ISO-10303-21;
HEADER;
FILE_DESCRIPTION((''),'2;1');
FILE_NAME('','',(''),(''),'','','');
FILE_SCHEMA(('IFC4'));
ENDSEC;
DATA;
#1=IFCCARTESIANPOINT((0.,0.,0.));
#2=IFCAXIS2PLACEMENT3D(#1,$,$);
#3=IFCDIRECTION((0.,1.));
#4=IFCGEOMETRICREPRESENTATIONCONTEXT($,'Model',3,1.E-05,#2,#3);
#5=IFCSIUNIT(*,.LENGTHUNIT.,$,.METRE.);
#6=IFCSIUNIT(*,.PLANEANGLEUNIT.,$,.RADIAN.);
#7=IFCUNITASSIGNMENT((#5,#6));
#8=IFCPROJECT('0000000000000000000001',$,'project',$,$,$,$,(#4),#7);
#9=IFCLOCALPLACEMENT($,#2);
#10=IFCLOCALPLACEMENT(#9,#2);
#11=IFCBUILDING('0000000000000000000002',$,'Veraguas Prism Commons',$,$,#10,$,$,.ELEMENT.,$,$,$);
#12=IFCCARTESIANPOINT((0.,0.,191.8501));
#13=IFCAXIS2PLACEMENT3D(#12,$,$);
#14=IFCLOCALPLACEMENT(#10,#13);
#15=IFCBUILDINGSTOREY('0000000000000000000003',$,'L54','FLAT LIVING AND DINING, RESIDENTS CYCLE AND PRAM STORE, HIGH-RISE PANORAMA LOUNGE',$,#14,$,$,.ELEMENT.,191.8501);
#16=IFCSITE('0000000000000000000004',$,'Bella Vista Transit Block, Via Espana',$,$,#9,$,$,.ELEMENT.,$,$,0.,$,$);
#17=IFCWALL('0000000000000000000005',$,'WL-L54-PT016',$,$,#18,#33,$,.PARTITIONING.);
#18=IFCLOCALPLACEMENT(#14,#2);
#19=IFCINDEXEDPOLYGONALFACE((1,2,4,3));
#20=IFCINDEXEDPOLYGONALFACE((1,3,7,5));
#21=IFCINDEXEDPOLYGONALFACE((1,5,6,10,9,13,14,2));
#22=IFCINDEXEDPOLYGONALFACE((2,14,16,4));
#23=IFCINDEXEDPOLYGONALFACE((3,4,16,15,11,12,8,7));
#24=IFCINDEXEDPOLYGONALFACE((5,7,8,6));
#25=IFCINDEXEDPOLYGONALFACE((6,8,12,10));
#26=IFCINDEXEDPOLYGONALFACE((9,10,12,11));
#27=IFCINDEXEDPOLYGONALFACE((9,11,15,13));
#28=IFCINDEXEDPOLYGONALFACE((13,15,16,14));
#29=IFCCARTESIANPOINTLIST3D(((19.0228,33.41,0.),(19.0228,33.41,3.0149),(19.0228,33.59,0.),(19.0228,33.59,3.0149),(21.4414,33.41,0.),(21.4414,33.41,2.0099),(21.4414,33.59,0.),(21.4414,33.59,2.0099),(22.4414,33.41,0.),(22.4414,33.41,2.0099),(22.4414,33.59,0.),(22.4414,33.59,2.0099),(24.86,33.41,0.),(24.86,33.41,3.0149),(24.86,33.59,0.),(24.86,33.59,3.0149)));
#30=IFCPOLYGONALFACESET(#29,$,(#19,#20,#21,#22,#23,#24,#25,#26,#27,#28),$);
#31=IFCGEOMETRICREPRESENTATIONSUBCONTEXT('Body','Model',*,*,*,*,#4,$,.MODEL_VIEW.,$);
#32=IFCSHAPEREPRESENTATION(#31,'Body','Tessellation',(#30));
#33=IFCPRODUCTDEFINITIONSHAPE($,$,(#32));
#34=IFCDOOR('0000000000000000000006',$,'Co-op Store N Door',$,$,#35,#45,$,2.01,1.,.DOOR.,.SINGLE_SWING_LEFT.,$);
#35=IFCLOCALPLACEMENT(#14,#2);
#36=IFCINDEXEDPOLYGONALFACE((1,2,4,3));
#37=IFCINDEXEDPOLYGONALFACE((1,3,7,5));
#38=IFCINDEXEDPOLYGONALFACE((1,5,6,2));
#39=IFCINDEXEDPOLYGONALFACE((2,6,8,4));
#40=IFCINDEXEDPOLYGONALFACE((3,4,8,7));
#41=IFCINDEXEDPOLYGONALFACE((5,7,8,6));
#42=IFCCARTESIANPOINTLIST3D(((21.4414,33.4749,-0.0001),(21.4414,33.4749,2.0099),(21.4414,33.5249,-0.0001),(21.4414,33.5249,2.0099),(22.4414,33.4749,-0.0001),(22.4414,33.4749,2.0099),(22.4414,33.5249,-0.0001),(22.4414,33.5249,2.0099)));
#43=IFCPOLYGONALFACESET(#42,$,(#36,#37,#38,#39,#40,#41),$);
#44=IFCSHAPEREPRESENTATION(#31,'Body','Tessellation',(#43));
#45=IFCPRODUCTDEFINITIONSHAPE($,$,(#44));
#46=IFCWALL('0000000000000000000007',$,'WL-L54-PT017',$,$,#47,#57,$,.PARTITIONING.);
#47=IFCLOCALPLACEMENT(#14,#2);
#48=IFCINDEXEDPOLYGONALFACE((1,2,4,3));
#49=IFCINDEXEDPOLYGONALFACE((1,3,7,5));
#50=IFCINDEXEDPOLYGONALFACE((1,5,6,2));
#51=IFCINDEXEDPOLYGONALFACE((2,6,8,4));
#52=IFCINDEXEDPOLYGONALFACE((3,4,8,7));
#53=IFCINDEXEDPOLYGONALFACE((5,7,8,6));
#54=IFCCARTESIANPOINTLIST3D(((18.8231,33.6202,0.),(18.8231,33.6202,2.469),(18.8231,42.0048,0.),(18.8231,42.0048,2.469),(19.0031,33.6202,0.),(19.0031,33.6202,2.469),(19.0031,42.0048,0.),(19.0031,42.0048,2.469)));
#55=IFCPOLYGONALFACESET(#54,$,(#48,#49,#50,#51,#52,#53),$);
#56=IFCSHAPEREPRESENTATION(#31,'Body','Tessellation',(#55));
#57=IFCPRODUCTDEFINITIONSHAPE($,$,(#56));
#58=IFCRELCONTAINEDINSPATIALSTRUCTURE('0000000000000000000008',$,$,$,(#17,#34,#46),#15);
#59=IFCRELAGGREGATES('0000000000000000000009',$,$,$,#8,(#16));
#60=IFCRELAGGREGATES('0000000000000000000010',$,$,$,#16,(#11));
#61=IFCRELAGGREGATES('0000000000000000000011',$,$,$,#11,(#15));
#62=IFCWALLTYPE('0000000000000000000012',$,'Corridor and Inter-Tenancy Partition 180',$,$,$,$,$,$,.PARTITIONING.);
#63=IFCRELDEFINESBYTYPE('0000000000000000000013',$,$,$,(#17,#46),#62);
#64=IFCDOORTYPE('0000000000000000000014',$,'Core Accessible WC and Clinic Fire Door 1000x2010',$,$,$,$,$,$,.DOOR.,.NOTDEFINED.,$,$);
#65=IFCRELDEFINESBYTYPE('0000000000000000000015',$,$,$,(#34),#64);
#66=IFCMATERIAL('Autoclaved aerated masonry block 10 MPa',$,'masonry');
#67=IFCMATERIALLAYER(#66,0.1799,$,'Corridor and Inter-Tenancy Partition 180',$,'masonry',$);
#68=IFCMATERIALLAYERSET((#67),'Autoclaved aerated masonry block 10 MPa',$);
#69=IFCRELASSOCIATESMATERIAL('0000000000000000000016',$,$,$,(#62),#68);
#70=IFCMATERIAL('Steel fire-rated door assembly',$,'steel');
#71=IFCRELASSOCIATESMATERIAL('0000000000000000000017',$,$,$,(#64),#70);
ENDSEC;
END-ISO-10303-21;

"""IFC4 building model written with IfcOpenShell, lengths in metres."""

from ifc_helpers import new_model, si_unit, direction, frame, frame_2d, origin, place, context, subcontext, project, spatial, rectangle, extrude, source, transform, mapped, material, layer, layer_set, type_object, element, fill, save


model = new_model("IFC4")

# Units and contexts
model_context = context("Model", 3, precision=1e-05, world=origin(), true_north=direction((0.0, 1.0)))
body_context = subcontext(model_context, "Body", "Model", "MODEL_VIEW")
ifc_project = project(units=[si_unit("LENGTHUNIT", "METRE"), si_unit("PLANEANGLEUNIT", "RADIAN")], contexts=[model_context])

# Site, building, storey
site_placement = place(None, origin())
site = spatial("IfcSite", under=ifc_project, at=site_placement, Name="Bella Vista Transit Block, Via Espana", CompositionType="ELEMENT", RefElevation=0.0)
building_placement = place(site_placement, origin())
building = spatial("IfcBuilding", under=site, at=building_placement, Name="Veraguas Prism Commons", CompositionType="ELEMENT")
storey_placement = place(building_placement, frame((0.0, 0.0, 191.8501)))
storey = spatial("IfcBuildingStorey", under=building, at=storey_placement, Name="L54", Description="FLAT LIVING AND DINING, RESIDENTS CYCLE AND PRAM STORE, HIGH-RISE PANORAMA LOUNGE", CompositionType="ELEMENT", Elevation=191.8501)

# Wall, opening, door
ifc_material_1 = material(Name="Steel fire-rated door assembly", Category="steel")
ifc_material_2 = material(Name="Autoclaved aerated masonry block 10 MPa", Category="masonry")
ifc_layer_1 = layer(ifc_material_2, 0.1799, Name="Corridor and Inter-Tenancy Partition 180", Category="masonry")
ifc_layer_set_1 = layer_set([ifc_layer_1], Name="Autoclaved aerated masonry block 10 MPa")
wall_type_1 = type_object("IfcWallType", Name="Corridor and Inter-Tenancy Partition 180", PredefinedType="PARTITIONING", material=ifc_layer_set_1)
wall_1_placement = place(storey_placement, frame((19.0229, 33.5, 0.0), z_axis=(0.0, 0.0, 1.0), x_axis=(1.0, 0.0, 0.0)))
wall_1 = element("IfcWall", 1, at=wall_1_placement, inside=storey, type_object=wall_type_1, Name="WL-L54-PT016", PredefinedType="PARTITIONING", context=body_context, shape_type="SweptSolid", body=[
    extrude(rectangle(XDim=5.8372, YDim=0.1799, at=frame_2d((2.9185, 0.0))), origin(), (0.0, 0.0, 1.0), 3.0149),
])
opening_1_placement = place(wall_1_placement, frame((2.4185, 0.0, 0.0)))
opening_1 = element("IfcOpeningElement", 2, at=opening_1_placement, cuts=wall_1, PredefinedType="OPENING", context=body_context, shape_type="SweptSolid", body=[
    extrude(rectangle(XDim=1.0, YDim=2.01, at=frame_2d((0.5, 1.0049))), frame((0.0, 0.0999, 0.0), z_axis=(0.0, -1.0, 0.0), x_axis=(1.0, 0.0, 0.0)), (0.0, 0.0, 1.0), 0.2),
])
door_type_1 = type_object("IfcDoorType", Name="Core Accessible WC and Clinic Fire Door 1000x2010", OperationType="NOTDEFINED", PredefinedType="DOOR", material=ifc_material_1)
shared_shape_1 = source(origin(), body_context, "Body", "SweptSolid", [
    extrude(rectangle(XDim=1.0, YDim=2.01, at=frame_2d((0.5, 1.0049))), frame((0.0, 0.0249, 0.0), z_axis=(0.0, -1.0, 0.0), x_axis=(1.0, 0.0, 0.0)), (0.0, 0.0, 1.0), 0.05),
])
door_1_placement = place(opening_1_placement, origin())
door_1 = element("IfcDoor", 3, at=door_1_placement, inside=storey, type_object=door_type_1, Name="Co-op Store N Door", OperationType="SINGLE_SWING_LEFT", OverallHeight=2.01, OverallWidth=1.0, PredefinedType="DOOR", context=body_context, shape_type="MappedRepresentation", body=[
    mapped(shared_shape_1, transform((0.0, 0.0, 0.0), scale=1.0)),
])
fill(opening_1, door_1)

# Wall
wall_2_placement = place(storey_placement, frame((18.9131, 33.6201, 0.0), z_axis=(0.0, 0.0, 1.0), x_axis=(0.0, 1.0, 0.0)))
element("IfcWall", 4, at=wall_2_placement, inside=storey, type_object=wall_type_1, Name="WL-L54-PT017", PredefinedType="PARTITIONING", context=body_context, shape_type="SweptSolid", body=[
    extrude(rectangle(XDim=8.3845, YDim=0.1799, at=frame_2d((4.1924, 0.0))), origin(), (0.0, 0.0, 1.0), 2.469),
])

save(model, "model.ifc")
